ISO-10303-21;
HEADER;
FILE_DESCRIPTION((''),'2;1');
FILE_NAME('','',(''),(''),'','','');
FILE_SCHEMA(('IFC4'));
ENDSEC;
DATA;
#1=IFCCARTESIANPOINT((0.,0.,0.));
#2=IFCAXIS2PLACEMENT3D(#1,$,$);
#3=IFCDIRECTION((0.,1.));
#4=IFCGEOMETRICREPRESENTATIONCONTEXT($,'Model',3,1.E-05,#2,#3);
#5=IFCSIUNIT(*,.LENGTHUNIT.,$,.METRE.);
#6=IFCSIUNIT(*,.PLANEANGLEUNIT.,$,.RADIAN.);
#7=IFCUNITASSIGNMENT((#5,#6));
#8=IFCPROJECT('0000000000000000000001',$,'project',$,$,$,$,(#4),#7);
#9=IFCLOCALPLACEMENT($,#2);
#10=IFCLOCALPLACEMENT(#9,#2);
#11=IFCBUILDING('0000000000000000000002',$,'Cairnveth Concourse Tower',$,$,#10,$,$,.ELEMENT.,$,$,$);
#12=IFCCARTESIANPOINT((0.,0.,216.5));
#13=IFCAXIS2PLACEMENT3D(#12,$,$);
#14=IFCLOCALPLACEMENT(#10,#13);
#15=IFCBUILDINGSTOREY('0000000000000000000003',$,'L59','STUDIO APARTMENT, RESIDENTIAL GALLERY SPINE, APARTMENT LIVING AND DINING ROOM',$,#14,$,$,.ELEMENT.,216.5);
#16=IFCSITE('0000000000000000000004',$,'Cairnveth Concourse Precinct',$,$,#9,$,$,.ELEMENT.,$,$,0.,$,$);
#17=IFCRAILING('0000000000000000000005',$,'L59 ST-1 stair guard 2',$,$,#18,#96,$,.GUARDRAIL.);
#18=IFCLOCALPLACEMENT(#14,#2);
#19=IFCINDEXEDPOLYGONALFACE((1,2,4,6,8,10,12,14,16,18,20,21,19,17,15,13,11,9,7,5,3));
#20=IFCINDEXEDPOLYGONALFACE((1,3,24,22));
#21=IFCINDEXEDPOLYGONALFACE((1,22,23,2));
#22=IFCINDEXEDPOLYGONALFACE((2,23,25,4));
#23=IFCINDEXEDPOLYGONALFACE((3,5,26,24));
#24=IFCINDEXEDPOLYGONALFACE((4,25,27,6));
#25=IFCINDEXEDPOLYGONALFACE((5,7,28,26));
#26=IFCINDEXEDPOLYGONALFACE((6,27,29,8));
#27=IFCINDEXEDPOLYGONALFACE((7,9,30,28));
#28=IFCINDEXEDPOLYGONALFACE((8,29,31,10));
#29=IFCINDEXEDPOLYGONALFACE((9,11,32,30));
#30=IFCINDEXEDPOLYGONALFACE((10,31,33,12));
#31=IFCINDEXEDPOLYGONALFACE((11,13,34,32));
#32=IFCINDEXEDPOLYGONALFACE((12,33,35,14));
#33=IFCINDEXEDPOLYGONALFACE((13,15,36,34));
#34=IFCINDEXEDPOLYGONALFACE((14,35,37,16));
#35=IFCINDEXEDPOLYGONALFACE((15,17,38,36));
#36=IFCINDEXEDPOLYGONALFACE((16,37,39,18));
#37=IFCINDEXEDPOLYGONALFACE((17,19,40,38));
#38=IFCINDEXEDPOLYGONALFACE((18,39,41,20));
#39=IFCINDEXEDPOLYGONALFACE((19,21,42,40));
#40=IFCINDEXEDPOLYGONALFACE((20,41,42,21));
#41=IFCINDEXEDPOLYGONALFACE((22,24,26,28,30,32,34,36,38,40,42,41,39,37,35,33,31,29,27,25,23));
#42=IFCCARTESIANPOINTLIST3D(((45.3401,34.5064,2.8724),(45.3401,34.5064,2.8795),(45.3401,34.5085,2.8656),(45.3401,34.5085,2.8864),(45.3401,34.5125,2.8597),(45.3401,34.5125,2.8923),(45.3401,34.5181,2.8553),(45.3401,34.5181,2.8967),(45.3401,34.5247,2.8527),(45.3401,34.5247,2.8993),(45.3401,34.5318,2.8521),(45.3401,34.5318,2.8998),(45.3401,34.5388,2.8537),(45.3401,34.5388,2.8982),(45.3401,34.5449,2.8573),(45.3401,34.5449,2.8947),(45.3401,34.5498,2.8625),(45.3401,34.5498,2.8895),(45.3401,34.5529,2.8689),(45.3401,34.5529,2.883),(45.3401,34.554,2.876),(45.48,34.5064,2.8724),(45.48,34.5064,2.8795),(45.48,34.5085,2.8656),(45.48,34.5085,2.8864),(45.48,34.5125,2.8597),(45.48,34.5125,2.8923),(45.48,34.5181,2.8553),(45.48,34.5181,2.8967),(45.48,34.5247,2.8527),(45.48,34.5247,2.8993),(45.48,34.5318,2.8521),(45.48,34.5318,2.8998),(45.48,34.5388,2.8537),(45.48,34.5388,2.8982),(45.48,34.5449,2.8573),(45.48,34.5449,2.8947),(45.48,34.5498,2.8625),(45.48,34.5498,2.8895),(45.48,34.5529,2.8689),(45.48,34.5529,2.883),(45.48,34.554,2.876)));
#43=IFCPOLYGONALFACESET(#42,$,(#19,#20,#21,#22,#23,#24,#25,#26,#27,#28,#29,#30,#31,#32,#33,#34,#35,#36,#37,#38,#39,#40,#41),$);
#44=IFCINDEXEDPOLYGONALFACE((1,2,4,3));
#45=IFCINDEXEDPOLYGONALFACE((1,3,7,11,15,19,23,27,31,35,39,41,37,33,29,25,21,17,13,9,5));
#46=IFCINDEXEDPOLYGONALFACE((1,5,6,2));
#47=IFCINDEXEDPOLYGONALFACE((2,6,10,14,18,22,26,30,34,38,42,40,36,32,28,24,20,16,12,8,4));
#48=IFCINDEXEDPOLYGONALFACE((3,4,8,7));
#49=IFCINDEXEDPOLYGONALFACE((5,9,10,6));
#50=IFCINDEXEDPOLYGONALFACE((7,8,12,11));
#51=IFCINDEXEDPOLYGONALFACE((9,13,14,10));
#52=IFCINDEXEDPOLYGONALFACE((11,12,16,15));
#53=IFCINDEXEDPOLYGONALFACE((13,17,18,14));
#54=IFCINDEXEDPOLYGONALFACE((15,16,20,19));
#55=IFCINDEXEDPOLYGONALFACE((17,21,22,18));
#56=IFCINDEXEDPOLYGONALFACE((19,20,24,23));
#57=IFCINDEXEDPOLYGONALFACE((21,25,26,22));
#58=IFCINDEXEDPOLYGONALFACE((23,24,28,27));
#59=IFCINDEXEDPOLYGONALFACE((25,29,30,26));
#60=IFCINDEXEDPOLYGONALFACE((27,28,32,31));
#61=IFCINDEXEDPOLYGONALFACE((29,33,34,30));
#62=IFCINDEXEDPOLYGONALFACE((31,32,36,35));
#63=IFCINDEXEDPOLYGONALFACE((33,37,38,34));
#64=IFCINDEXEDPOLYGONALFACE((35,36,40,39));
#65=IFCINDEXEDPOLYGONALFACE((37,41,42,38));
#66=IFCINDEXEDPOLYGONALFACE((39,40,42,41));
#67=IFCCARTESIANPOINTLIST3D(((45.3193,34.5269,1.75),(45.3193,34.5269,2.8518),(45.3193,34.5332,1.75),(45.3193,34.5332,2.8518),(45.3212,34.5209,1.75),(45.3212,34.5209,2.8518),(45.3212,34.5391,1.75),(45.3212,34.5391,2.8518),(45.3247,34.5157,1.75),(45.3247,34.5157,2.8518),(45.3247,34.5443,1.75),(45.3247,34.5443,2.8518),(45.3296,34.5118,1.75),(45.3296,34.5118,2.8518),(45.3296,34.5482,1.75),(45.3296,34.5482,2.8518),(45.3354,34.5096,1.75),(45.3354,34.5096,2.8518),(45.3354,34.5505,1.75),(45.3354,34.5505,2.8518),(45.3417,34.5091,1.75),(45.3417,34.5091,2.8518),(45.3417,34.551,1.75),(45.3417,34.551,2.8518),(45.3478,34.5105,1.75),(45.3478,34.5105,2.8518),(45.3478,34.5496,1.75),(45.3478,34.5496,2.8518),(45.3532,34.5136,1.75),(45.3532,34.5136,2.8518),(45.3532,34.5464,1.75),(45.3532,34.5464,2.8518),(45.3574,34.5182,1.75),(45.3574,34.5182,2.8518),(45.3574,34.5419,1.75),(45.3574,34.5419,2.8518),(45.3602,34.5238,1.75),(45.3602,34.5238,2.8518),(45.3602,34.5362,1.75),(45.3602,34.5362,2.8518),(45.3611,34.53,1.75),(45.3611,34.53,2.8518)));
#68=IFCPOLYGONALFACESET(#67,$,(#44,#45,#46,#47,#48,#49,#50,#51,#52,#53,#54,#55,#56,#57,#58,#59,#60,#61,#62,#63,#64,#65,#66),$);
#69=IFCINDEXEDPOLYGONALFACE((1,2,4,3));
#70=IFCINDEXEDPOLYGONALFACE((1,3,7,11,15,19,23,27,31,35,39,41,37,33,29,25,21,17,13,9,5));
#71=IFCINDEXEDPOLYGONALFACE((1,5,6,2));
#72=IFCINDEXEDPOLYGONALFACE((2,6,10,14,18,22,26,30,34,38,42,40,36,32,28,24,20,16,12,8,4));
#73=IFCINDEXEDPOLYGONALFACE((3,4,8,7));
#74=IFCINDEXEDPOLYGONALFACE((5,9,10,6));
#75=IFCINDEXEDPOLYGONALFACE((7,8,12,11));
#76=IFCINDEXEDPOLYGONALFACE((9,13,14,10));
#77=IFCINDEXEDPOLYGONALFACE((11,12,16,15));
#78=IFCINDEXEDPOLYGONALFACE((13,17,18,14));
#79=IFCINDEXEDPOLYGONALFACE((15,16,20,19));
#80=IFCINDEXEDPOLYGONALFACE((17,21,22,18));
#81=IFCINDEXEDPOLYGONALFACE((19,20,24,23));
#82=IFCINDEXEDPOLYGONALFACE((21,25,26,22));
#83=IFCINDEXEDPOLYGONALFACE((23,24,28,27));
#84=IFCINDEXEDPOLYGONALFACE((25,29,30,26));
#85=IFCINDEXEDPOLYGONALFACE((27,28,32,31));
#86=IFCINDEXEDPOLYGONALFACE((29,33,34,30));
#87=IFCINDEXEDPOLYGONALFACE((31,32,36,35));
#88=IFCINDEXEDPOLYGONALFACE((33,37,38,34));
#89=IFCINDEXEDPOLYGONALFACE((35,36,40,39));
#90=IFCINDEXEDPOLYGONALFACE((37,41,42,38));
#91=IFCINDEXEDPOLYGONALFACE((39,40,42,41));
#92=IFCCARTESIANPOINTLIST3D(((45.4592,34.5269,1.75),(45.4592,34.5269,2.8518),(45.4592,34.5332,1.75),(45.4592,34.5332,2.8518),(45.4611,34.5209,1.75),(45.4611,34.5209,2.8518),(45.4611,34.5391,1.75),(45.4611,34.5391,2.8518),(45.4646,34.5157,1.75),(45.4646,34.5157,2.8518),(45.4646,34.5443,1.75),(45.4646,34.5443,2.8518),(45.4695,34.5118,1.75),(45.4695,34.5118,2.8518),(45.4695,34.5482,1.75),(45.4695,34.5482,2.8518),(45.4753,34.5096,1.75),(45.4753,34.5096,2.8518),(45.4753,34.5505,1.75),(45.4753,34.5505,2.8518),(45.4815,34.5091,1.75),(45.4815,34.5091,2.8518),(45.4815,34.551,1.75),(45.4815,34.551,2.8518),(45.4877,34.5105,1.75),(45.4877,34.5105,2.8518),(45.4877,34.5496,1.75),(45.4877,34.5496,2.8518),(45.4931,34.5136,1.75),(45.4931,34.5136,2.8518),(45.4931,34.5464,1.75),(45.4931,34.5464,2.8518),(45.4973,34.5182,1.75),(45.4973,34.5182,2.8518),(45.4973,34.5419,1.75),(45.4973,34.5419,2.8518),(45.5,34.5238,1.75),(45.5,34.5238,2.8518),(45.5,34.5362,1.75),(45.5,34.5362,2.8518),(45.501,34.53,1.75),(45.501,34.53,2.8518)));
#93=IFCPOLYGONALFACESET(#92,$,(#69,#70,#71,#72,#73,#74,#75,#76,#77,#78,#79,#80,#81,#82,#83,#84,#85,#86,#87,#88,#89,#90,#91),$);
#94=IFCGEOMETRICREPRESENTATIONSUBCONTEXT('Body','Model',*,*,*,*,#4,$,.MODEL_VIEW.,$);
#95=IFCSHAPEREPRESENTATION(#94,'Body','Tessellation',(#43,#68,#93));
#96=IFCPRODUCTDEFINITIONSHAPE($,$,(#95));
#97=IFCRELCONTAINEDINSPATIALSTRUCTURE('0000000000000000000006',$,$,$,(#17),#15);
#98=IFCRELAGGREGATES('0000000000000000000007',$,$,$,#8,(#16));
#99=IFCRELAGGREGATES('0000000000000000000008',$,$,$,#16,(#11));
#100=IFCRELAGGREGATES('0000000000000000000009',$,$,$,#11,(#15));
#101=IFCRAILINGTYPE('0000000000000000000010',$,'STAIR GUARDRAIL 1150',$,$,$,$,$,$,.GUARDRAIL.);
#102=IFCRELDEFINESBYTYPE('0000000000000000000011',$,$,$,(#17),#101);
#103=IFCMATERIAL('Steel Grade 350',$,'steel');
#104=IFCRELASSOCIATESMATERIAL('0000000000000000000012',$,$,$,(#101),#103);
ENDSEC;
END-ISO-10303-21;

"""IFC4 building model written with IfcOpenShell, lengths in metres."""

from ifc_helpers import new_model, si_unit, direction, frame, origin, origin_2d, place, context, subcontext, project, spatial, circle, extrude, material, type_object, element, save


model = new_model("IFC4")

# Units and contexts
model_context = context("Model", 3, precision=1e-05, world=origin(), true_north=direction((0.0, 1.0)))
body_context = subcontext(model_context, "Body", "Model", "MODEL_VIEW")
ifc_project = project(units=[si_unit("LENGTHUNIT", "METRE"), si_unit("PLANEANGLEUNIT", "RADIAN")], contexts=[model_context])

# Site, building, storey
site_placement = place(None, origin())
site = spatial("IfcSite", under=ifc_project, at=site_placement, Name="Cairnveth Concourse Precinct", CompositionType="ELEMENT", RefElevation=0.0)
building_placement = place(site_placement, origin())
building = spatial("IfcBuilding", under=site, at=building_placement, Name="Cairnveth Concourse Tower", CompositionType="ELEMENT")
storey_placement = place(building_placement, frame((0.0, 0.0, 216.5)))
storey = spatial("IfcBuildingStorey", under=building, at=storey_placement, Name="L59", Description="STUDIO APARTMENT, RESIDENTIAL GALLERY SPINE, APARTMENT LIVING AND DINING ROOM", CompositionType="ELEMENT", Elevation=216.5)

# Shared definitions
ifc_material_1 = material(Name="Steel Grade 350", Category="steel")

# Railing
railing_type_1 = type_object("IfcRailingType", Name="STAIR GUARDRAIL 1150", PredefinedType="GUARDRAIL", material=ifc_material_1)
railing_1_placement = place(storey_placement, frame((45.3401, 34.53, 1.75)))
element("IfcRailing", 1, at=railing_1_placement, inside=storey, type_object=railing_type_1, Name="L59 ST-1 stair guard 2", PredefinedType="GUARDRAIL", context=body_context, shape_type="SweptSolid", body=[
    extrude(circle(Radius=0.0239, at=origin_2d()), frame((0.0, 0.0, 1.126), z_axis=(1.0, 0.0, 0.0), x_axis=(0.0, 1.0, 0.0)), (0.0, 0.0, 1.0), 0.1399),
    extrude(circle(Radius=0.021, at=origin_2d()), origin(), (0.0, 0.0, 1.0), 1.1018),
    extrude(circle(Radius=0.021, at=origin_2d()), frame((0.1399, 0.0, 0.0)), (0.0, 0.0, 1.0), 1.1018),
])

save(model, "model.ifc")
